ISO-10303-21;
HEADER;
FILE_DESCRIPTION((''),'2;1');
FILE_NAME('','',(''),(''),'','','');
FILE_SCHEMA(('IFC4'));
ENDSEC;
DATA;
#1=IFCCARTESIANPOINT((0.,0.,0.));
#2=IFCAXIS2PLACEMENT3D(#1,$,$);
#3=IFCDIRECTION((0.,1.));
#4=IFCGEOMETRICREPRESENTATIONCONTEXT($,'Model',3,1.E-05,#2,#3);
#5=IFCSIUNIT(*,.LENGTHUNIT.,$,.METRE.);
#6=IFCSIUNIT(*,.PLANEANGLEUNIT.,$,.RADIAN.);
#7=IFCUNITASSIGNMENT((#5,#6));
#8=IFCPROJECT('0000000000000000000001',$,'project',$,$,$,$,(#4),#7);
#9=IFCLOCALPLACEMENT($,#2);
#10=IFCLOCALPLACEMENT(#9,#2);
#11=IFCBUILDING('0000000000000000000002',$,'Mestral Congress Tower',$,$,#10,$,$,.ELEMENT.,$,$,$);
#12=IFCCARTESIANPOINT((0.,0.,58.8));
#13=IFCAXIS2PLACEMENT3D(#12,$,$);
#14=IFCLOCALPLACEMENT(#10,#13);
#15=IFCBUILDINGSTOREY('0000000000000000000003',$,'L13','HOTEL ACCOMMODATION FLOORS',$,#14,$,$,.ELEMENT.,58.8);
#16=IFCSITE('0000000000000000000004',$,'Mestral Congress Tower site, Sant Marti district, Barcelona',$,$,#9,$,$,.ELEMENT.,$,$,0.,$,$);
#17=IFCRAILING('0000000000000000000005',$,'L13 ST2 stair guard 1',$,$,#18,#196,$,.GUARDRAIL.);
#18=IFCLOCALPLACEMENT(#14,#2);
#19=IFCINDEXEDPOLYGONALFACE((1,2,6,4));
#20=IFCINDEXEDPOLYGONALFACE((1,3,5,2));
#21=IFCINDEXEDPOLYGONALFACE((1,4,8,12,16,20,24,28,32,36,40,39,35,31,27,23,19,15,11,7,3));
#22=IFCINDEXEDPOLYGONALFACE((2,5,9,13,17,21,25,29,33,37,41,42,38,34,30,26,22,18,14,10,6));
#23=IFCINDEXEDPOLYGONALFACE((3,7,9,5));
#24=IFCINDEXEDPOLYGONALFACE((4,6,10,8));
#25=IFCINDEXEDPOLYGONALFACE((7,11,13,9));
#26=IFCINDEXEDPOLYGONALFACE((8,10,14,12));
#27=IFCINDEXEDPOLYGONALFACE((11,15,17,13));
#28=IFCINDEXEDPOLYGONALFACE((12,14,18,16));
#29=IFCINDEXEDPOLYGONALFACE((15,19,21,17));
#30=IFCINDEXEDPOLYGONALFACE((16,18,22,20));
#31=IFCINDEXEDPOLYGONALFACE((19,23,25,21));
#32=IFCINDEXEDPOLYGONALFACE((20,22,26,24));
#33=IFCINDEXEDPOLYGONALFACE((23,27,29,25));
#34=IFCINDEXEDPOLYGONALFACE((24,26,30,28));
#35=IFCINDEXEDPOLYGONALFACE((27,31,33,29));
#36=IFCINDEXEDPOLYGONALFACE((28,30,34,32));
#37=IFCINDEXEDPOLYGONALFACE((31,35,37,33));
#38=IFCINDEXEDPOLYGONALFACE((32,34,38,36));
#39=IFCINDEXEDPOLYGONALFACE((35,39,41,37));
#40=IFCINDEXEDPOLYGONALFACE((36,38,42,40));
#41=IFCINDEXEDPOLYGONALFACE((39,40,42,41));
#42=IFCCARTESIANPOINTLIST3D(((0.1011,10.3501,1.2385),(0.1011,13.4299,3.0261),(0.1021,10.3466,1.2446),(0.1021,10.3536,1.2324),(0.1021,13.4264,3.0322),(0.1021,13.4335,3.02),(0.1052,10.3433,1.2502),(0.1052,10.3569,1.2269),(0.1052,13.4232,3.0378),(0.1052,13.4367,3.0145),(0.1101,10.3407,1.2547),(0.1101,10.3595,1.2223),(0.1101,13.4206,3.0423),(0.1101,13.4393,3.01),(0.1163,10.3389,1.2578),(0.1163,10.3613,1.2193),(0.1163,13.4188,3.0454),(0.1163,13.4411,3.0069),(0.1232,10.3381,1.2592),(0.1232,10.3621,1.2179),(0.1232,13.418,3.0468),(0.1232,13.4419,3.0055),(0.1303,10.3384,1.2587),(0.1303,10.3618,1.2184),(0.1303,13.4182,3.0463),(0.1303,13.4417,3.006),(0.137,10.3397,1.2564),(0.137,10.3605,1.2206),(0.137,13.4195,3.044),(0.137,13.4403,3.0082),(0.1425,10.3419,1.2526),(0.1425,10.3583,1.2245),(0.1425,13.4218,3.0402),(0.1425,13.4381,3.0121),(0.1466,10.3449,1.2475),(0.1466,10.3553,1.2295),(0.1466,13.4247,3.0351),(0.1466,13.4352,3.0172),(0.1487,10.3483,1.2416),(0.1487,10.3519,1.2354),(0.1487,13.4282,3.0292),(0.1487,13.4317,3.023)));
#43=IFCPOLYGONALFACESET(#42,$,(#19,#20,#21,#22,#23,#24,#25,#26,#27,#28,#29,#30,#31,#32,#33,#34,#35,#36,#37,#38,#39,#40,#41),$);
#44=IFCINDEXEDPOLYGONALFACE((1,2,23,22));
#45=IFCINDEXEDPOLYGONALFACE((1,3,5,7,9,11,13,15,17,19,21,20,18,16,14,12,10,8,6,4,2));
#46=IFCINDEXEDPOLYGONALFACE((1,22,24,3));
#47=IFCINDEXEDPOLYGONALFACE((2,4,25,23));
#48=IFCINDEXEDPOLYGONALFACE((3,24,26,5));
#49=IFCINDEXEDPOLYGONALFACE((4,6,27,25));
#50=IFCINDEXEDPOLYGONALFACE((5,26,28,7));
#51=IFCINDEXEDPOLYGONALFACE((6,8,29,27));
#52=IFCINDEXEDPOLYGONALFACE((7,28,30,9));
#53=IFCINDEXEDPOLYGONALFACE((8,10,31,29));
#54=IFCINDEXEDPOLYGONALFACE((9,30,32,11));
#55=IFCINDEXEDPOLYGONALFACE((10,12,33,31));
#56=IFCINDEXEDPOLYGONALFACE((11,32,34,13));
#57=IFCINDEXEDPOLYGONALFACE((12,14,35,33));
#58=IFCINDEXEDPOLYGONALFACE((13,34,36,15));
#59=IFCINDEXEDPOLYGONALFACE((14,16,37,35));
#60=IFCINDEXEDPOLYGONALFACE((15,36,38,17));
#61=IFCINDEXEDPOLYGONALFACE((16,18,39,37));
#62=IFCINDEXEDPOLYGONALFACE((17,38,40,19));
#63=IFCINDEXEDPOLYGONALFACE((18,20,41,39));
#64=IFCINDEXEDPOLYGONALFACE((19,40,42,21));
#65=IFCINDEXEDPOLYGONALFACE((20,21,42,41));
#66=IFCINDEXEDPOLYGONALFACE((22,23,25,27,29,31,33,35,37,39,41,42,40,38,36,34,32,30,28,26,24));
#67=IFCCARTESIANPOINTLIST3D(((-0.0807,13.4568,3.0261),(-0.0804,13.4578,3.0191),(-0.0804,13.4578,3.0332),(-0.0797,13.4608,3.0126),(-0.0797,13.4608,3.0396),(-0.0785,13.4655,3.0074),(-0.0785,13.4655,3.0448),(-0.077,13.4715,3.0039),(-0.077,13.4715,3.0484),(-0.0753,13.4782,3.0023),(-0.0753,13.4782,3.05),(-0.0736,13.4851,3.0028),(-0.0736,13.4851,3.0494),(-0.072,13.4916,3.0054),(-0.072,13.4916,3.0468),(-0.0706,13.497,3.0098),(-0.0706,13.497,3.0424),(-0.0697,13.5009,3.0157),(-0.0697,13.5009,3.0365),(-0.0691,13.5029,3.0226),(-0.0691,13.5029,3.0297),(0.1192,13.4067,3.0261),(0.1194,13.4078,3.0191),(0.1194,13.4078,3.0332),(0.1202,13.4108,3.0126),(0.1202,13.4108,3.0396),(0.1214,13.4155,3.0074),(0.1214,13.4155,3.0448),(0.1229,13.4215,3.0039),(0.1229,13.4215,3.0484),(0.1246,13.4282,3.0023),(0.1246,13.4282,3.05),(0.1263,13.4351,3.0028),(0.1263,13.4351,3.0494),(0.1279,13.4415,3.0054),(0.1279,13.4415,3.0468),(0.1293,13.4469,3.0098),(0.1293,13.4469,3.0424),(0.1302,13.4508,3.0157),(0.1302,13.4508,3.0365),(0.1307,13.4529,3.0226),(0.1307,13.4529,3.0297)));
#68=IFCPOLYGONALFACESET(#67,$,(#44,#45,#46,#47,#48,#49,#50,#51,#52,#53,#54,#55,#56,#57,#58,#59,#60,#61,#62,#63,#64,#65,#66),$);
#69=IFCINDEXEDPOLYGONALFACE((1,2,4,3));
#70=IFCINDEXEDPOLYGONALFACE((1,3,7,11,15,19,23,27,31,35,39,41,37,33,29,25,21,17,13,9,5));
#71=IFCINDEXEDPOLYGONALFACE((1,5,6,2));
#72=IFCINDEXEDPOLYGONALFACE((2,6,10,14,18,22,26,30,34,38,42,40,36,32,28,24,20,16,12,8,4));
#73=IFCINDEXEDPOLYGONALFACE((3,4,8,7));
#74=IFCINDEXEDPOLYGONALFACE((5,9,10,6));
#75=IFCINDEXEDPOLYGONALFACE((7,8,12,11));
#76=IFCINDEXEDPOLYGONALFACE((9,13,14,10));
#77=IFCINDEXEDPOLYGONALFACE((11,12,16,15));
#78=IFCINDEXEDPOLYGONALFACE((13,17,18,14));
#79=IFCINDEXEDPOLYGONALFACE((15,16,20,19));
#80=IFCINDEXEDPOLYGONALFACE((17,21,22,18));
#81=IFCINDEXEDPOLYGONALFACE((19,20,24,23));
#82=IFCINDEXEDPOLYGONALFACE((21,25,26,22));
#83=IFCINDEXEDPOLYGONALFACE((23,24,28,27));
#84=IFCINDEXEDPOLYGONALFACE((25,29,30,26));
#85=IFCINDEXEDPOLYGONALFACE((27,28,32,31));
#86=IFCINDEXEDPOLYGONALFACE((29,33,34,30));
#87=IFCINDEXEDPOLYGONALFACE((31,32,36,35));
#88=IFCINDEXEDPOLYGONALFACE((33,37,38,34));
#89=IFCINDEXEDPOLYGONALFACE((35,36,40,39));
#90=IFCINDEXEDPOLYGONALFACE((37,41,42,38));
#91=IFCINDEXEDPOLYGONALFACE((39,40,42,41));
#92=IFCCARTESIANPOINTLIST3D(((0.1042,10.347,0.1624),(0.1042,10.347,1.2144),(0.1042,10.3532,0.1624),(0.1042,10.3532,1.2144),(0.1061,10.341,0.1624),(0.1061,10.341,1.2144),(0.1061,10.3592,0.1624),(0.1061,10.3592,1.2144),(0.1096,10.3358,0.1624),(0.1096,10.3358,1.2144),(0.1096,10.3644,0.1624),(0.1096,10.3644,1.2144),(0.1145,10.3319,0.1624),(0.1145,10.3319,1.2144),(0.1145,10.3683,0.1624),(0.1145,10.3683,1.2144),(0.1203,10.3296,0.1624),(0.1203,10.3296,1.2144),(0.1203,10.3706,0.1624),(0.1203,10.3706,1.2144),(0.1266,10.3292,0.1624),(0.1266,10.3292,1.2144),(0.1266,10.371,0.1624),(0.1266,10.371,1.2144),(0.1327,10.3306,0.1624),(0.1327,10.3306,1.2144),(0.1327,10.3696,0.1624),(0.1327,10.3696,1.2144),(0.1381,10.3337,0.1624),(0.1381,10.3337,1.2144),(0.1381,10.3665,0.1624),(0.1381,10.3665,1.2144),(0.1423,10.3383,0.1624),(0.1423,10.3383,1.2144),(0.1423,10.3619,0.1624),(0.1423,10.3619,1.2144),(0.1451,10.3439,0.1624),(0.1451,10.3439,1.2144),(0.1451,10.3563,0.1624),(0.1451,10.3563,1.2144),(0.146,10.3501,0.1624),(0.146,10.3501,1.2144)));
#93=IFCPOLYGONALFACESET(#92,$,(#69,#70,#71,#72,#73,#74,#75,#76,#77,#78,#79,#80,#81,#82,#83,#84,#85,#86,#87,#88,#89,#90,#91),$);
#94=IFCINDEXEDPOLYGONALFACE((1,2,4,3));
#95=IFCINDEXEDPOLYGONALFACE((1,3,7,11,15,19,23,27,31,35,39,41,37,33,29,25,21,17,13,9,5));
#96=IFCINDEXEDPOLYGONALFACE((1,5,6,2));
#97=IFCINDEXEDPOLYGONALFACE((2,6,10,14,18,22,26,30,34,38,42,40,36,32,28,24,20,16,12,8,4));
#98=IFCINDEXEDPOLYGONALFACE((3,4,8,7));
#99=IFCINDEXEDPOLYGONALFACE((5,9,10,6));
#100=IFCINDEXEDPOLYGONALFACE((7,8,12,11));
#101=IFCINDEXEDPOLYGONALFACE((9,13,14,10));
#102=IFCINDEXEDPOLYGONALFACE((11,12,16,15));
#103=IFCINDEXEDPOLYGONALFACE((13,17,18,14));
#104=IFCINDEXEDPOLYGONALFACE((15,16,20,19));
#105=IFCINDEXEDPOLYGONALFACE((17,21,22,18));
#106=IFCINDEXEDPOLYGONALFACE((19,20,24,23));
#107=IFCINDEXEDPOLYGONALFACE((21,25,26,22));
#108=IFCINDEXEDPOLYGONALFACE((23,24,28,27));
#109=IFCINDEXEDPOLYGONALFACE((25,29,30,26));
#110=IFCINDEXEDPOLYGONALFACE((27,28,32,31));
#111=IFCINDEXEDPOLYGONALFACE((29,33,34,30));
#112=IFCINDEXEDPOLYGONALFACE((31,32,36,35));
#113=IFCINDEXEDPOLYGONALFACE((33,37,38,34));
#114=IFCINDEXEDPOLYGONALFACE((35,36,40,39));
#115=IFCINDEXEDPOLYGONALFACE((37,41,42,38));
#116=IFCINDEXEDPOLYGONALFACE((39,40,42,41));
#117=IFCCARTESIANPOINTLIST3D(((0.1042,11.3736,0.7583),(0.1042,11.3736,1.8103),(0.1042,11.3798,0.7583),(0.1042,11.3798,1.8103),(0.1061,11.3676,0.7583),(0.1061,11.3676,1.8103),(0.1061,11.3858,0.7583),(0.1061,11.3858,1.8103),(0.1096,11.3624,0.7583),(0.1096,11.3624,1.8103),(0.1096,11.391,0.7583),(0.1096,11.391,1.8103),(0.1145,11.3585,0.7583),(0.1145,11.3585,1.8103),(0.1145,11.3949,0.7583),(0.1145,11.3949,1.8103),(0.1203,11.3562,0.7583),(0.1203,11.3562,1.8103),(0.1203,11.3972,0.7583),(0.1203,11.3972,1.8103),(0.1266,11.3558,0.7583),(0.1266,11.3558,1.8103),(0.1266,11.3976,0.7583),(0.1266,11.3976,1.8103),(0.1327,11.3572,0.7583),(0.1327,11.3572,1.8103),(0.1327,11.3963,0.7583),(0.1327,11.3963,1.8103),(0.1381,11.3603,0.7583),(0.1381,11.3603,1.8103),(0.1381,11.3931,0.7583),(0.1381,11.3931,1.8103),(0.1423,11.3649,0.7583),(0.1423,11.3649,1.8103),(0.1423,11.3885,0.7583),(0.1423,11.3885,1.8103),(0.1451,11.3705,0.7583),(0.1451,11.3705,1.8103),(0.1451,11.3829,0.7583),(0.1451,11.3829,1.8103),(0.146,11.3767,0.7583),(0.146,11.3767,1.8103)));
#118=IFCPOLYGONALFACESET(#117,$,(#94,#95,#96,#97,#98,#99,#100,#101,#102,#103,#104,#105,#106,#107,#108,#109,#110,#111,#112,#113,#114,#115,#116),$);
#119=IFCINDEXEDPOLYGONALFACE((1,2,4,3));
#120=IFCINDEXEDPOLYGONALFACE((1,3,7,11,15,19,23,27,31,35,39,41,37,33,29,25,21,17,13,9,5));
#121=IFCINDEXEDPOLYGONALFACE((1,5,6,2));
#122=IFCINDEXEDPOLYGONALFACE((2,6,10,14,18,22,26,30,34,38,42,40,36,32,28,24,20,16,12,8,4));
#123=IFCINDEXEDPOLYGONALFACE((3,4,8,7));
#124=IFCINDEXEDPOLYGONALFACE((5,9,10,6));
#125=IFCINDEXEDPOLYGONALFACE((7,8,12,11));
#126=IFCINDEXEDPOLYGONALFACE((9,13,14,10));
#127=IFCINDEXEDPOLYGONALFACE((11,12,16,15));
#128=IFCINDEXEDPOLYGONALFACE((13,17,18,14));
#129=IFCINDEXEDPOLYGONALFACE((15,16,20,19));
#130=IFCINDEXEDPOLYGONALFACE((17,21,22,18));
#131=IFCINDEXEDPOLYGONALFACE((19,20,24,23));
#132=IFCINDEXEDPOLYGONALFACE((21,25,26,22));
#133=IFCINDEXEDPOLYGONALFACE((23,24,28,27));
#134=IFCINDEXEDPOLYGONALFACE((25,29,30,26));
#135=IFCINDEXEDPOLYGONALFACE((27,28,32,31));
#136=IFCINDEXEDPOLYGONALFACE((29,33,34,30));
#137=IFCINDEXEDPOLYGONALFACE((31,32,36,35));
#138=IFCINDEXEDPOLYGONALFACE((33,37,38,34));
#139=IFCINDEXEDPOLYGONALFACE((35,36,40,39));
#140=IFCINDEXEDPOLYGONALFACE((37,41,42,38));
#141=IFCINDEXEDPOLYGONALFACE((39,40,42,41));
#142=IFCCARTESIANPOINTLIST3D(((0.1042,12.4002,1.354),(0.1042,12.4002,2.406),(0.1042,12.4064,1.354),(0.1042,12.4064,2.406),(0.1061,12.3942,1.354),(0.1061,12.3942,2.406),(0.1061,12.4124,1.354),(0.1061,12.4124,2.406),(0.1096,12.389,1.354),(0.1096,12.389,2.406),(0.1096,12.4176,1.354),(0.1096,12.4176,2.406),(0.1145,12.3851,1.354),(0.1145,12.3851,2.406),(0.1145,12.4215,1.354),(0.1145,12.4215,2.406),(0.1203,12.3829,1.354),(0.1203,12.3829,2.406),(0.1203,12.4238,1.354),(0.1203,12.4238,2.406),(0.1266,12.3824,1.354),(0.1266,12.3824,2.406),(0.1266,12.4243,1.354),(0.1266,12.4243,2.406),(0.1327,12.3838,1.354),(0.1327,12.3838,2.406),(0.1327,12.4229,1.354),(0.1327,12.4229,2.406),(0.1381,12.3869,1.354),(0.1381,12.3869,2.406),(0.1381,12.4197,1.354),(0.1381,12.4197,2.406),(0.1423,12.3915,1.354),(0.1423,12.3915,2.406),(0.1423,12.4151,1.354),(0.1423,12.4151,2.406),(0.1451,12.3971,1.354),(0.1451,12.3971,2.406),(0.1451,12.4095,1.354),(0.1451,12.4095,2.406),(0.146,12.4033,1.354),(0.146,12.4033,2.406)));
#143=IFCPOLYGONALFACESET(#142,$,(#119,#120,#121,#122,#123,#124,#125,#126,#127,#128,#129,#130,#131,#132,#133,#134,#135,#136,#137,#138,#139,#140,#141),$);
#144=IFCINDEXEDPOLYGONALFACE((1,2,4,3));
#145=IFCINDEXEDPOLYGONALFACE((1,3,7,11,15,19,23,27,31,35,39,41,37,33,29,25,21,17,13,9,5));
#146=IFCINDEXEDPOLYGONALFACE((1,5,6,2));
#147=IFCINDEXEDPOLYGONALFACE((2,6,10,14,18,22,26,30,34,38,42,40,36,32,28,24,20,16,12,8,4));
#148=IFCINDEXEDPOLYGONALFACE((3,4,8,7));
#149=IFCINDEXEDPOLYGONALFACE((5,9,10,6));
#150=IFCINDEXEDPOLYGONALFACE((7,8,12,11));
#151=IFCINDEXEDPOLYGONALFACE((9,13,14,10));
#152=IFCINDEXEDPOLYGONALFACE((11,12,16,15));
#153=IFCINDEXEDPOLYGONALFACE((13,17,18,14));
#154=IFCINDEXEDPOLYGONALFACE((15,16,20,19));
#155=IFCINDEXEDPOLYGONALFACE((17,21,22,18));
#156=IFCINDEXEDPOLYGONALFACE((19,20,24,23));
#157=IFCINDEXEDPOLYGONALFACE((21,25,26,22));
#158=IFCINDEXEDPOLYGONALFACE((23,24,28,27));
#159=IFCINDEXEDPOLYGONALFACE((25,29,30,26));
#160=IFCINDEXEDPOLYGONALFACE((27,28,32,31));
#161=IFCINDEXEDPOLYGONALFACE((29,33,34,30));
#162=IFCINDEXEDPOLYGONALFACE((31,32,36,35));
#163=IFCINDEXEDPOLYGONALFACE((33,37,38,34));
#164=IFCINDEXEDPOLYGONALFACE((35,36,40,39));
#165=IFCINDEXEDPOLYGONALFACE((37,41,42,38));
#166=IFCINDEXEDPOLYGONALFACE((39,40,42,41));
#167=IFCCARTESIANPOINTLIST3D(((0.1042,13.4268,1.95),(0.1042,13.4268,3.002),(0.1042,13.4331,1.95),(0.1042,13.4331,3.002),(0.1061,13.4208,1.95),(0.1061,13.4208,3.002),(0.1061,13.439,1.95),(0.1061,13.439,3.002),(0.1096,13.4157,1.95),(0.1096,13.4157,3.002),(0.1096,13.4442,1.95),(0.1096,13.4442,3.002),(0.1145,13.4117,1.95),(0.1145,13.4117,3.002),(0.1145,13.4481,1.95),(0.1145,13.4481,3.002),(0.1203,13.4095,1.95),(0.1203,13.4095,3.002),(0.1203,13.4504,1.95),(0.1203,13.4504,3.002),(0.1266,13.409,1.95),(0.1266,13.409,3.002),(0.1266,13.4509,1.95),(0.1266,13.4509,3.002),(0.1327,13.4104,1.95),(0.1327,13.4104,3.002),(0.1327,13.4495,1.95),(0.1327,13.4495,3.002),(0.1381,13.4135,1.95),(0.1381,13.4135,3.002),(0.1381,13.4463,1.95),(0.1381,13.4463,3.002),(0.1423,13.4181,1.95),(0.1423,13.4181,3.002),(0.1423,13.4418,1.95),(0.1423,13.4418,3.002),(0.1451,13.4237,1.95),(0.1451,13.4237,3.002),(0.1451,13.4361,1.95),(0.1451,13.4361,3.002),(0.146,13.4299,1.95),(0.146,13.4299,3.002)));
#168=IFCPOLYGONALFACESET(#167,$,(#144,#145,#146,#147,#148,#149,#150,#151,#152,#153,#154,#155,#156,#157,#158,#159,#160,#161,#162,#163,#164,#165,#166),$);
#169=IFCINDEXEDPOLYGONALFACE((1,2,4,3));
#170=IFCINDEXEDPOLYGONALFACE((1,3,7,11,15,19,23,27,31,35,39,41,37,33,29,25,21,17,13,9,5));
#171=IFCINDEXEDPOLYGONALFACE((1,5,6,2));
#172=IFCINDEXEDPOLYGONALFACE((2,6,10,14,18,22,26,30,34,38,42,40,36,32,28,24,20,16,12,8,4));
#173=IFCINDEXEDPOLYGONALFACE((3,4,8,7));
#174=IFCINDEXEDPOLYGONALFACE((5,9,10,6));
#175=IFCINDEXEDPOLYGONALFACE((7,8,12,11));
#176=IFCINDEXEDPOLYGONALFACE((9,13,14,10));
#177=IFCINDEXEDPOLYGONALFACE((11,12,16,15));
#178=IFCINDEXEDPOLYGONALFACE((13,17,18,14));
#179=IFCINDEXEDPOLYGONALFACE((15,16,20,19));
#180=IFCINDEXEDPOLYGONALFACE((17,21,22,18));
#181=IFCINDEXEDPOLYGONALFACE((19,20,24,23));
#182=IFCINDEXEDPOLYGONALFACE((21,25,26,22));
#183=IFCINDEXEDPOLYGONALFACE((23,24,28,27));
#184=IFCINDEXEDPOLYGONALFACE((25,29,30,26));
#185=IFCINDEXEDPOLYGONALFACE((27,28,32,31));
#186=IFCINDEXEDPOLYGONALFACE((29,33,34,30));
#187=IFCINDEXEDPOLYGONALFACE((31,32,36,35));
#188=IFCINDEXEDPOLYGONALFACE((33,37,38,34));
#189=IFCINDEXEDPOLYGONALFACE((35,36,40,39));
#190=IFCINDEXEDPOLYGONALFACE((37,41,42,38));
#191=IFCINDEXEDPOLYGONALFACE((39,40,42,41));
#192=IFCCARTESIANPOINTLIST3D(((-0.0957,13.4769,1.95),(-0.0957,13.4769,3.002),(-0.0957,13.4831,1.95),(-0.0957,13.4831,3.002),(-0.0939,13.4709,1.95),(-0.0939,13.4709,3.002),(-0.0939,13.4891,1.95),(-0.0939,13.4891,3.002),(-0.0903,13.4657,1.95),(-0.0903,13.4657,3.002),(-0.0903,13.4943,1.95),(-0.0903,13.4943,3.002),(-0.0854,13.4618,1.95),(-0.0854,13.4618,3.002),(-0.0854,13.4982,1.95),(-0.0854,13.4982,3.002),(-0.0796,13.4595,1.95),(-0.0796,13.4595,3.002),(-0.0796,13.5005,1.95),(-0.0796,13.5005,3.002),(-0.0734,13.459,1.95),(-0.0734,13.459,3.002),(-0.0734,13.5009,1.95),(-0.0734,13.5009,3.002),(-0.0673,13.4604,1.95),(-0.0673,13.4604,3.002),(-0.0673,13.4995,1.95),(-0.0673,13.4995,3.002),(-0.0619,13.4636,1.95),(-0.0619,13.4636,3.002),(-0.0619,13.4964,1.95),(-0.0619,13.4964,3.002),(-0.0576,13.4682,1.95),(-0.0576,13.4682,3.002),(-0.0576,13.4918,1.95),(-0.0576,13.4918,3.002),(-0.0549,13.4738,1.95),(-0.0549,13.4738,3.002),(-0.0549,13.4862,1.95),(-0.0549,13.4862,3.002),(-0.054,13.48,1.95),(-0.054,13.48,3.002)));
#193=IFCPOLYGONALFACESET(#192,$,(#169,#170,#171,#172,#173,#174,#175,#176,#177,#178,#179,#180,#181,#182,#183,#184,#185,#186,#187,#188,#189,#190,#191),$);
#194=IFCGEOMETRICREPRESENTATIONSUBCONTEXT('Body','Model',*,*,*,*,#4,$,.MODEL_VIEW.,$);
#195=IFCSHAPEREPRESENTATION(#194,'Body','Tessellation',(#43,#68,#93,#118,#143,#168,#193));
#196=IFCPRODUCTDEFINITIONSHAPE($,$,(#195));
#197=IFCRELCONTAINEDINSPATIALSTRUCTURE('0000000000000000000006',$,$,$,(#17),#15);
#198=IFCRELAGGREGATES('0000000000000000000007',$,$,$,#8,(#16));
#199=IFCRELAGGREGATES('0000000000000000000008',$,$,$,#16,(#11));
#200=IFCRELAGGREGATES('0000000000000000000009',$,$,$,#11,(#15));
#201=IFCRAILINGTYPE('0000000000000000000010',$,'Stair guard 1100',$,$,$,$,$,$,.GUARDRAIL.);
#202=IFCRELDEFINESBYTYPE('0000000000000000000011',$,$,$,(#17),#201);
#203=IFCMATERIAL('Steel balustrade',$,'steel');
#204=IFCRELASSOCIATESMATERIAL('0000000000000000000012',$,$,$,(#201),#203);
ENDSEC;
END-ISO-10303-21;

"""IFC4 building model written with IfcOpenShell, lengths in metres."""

from ifc_helpers import new_model, si_unit, direction, frame, origin, origin_2d, place, context, subcontext, project, spatial, circle, extrude, material, type_object, element, save


model = new_model("IFC4")

# Units and contexts
model_context = context("Model", 3, precision=1e-05, world=origin(), true_north=direction((0.0, 1.0)))
body_context = subcontext(model_context, "Body", "Model", "MODEL_VIEW")
ifc_project = project(units=[si_unit("LENGTHUNIT", "METRE"), si_unit("PLANEANGLEUNIT", "RADIAN")], contexts=[model_context])

# Site, building, storey
site_placement = place(None, origin())
site = spatial("IfcSite", under=ifc_project, at=site_placement, Name="Mestral Congress Tower site, Sant Marti district, Barcelona", CompositionType="ELEMENT", RefElevation=0.0)
building_placement = place(site_placement, origin())
building = spatial("IfcBuilding", under=site, at=building_placement, Name="Mestral Congress Tower", CompositionType="ELEMENT")
storey_placement = place(building_placement, frame((0.0, 0.0, 58.8)))
storey = spatial("IfcBuildingStorey", under=building, at=storey_placement, Name="L13", Description="HOTEL ACCOMMODATION FLOORS", CompositionType="ELEMENT", Elevation=58.8)

# Railing
ifc_material_1 = material(Name="Steel balustrade", Category="steel")
railing_type = type_object("IfcRailingType", Name="Stair guard 1100", PredefinedType="GUARDRAIL", material=ifc_material_1)
railing_1_placement = place(storey_placement, frame((0.125, 10.3501, 0.1624)))
element("IfcRailing", 1, at=railing_1_placement, inside=storey, type_object=railing_type, Name="L13 ST2 stair guard 1", PredefinedType="GUARDRAIL", context=body_context, shape_type="SweptSolid", body=[
    extrude(circle(Radius=0.0239, at=origin_2d()), frame((0.0, 0.0, 1.0762), z_axis=(0.0, 0.864873, 0.50199), x_axis=(-1.0, 0.0, 0.0)), (0.0, 0.0, 1.0), 3.561),
    extrude(circle(Radius=0.0239, at=origin_2d()), frame((0.0, 3.0798, 2.8638), z_axis=(-0.970073, 0.242814, 0.0), x_axis=(-0.242814, -0.970073, 0.0)), (0.0, 0.0, 1.0), 0.2061),
    extrude(circle(Radius=0.021, at=origin_2d()), origin(), (0.0, 0.0, 1.0), 1.052),
    extrude(circle(Radius=0.021, at=origin_2d()), frame((0.0, 1.0266, 0.5959)), (0.0, 0.0, 1.0), 1.052),
    extrude(circle(Radius=0.021, at=origin_2d()), frame((0.0, 2.0532, 1.1917)), (0.0, 0.0, 1.0), 1.052),
    extrude(circle(Radius=0.021, at=origin_2d()), frame((0.0, 3.0798, 1.7876)), (0.0, 0.0, 1.0), 1.052),
    extrude(circle(Radius=0.021, at=origin_2d()), frame((-0.2, 3.1299, 1.7876)), (0.0, 0.0, 1.0), 1.052),
])

save(model, "model.ifc")
